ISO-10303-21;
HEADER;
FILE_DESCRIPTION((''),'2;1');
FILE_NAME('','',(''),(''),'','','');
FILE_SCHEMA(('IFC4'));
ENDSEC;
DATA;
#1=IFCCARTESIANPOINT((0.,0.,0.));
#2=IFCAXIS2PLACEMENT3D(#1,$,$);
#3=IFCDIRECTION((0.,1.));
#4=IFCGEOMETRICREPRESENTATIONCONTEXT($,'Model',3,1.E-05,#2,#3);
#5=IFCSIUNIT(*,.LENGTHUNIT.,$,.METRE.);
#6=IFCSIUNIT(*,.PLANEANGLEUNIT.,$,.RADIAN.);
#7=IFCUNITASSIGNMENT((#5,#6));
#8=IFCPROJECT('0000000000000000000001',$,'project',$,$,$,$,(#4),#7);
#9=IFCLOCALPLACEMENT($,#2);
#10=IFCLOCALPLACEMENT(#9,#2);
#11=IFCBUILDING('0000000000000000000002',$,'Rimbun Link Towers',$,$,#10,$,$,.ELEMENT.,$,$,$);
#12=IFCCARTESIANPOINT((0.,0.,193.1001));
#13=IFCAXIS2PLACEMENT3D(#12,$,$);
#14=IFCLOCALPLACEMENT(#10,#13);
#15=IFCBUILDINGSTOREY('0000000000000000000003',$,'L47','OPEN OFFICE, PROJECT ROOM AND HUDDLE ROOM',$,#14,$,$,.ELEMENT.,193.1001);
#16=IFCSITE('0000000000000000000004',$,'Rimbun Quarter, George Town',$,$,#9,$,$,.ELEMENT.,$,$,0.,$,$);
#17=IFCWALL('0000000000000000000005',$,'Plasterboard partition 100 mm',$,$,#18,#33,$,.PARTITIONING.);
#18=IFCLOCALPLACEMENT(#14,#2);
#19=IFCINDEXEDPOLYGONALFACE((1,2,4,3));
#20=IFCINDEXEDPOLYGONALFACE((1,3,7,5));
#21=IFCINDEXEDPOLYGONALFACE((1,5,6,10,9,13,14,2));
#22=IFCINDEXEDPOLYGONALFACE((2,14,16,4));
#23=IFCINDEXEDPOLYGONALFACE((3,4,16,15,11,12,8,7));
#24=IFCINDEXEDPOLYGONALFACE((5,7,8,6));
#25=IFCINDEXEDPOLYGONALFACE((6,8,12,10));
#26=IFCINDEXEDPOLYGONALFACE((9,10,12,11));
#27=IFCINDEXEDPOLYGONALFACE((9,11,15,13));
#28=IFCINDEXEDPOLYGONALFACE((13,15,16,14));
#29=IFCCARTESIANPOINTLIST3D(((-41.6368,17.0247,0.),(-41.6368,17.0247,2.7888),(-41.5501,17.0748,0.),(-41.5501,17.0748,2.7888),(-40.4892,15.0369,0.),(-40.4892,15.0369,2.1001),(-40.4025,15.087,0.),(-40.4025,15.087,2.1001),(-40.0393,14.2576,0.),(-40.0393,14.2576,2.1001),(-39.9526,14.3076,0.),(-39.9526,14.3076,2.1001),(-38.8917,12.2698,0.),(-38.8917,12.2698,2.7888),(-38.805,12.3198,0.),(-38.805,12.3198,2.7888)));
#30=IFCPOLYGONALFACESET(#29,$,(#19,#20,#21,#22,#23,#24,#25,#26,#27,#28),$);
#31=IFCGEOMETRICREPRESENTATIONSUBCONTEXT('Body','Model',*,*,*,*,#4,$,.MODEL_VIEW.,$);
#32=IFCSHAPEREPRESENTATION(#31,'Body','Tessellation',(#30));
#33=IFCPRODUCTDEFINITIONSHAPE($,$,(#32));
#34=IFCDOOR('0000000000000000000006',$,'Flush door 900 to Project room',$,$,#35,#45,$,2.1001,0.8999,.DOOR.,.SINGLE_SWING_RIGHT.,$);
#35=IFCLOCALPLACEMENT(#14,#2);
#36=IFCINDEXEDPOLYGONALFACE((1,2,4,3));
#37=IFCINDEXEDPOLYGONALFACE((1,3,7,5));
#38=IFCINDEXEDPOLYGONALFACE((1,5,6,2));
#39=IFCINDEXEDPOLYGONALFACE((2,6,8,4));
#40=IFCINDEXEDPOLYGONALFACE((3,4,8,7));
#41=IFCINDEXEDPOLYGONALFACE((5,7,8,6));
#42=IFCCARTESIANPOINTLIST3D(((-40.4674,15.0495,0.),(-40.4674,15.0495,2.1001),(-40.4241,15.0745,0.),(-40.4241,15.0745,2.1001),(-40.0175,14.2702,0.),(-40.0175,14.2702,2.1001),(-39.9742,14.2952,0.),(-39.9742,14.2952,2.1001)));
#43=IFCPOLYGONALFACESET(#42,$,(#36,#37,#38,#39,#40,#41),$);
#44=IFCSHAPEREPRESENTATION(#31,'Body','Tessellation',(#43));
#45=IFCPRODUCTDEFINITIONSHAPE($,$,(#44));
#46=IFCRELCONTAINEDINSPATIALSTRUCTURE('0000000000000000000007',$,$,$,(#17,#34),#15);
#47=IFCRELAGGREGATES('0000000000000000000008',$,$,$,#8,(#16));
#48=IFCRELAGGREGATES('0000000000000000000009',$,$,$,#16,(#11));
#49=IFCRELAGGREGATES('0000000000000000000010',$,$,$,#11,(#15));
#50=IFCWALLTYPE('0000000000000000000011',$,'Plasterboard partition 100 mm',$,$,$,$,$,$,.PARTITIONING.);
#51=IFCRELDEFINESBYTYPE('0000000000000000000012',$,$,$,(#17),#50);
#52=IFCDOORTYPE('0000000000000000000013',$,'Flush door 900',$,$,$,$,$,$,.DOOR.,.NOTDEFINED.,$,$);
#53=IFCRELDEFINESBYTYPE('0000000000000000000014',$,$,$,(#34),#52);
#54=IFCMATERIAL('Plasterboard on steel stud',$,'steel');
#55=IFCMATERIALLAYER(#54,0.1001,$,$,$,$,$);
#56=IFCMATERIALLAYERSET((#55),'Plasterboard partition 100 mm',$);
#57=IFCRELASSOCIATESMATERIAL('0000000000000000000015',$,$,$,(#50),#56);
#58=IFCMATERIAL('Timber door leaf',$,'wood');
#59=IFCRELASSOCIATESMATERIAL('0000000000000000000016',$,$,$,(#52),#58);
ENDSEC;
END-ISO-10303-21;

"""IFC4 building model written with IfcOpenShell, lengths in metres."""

from ifc_helpers import new_model, si_unit, direction, frame, frame_2d, origin, place, context, subcontext, project, spatial, rectangle, extrude, material, layer, layer_set, type_object, element, fill, save


model = new_model("IFC4")

# Units and contexts
model_context = context("Model", 3, precision=1e-05, world=origin(), true_north=direction((0.0, 1.0)))
body_context = subcontext(model_context, "Body", "Model", "MODEL_VIEW")
ifc_project = project(units=[si_unit("LENGTHUNIT", "METRE"), si_unit("PLANEANGLEUNIT", "RADIAN")], contexts=[model_context])

# Site, building, storey
site_placement = place(None, origin())
site = spatial("IfcSite", under=ifc_project, at=site_placement, Name="Rimbun Quarter, George Town", CompositionType="ELEMENT", RefElevation=0.0)
building_placement = place(site_placement, origin())
building = spatial("IfcBuilding", under=site, at=building_placement, Name="Rimbun Link Towers", CompositionType="ELEMENT")
storey_placement = place(building_placement, frame((0.0, 0.0, 193.1001)))
storey = spatial("IfcBuildingStorey", under=building, at=storey_placement, Name="L47", Description="OPEN OFFICE, PROJECT ROOM AND HUDDLE ROOM", CompositionType="ELEMENT", Elevation=193.1001)

# Shared definitions
ifc_material_1 = material(Name="Plasterboard on steel stud", Category="steel")
ifc_layer_1 = layer(ifc_material_1, 0.1001)
ifc_layer_set_1 = layer_set([ifc_layer_1], Name="Plasterboard partition 100 mm")
wall_type = type_object("IfcWallType", Name="Plasterboard partition 100 mm", PredefinedType="PARTITIONING", material=ifc_layer_set_1)

# Wall, opening, door
wall_1_placement = place(storey_placement, frame((-38.8484, 12.2949, 0.0), z_axis=(0.0, 0.0, 1.0), x_axis=(-0.499984, 0.866035, 0.0)))
wall_1 = element("IfcWall", 1, at=wall_1_placement, inside=storey, type_object=wall_type, Name="Plasterboard partition 100 mm", PredefinedType="PARTITIONING", context=body_context, shape_type="SweptSolid", body=[
    extrude(rectangle(XDim=5.4905, YDim=0.1001, at=frame_2d((2.7451, 0.0))), origin(), (0.0, 0.0, 1.0), 2.7888),
])
opening_placement = place(wall_1_placement, frame((2.2952, 0.0, 0.0)))
opening = element("IfcOpeningElement", 2, at=opening_placement, cuts=wall_1, PredefinedType="OPENING", context=body_context, shape_type="SweptSolid", body=[
    extrude(rectangle(XDim=0.8999, YDim=2.1001, at=frame_2d((0.45, 1.05))), frame((0.0, 0.0601, 0.0), z_axis=(0.0, -1.0, 0.0), x_axis=(1.0, 0.0, 0.0)), (0.0, 0.0, 1.0), 0.1201),
])
ifc_material_2 = material(Name="Timber door leaf", Category="wood")
door_type = type_object("IfcDoorType", Name="Flush door 900", OperationType="NOTDEFINED", PredefinedType="DOOR", material=ifc_material_2)
door_placement = place(opening_placement, origin())
door = element("IfcDoor", 3, at=door_placement, inside=storey, type_object=door_type, Name="Flush door 900 to Project room", OperationType="SINGLE_SWING_RIGHT", OverallHeight=2.1001, OverallWidth=0.8999, PredefinedType="DOOR", context=body_context, shape_type="SweptSolid", body=[
    extrude(rectangle(XDim=0.8999, YDim=2.1001, at=frame_2d((0.45, 1.05))), frame((0.0, 0.0249, 0.0), z_axis=(0.0, -1.0, 0.0), x_axis=(1.0, 0.0, 0.0)), (0.0, 0.0, 1.0), 0.05),
])
fill(opening, door)

save(model, "model.ifc")
